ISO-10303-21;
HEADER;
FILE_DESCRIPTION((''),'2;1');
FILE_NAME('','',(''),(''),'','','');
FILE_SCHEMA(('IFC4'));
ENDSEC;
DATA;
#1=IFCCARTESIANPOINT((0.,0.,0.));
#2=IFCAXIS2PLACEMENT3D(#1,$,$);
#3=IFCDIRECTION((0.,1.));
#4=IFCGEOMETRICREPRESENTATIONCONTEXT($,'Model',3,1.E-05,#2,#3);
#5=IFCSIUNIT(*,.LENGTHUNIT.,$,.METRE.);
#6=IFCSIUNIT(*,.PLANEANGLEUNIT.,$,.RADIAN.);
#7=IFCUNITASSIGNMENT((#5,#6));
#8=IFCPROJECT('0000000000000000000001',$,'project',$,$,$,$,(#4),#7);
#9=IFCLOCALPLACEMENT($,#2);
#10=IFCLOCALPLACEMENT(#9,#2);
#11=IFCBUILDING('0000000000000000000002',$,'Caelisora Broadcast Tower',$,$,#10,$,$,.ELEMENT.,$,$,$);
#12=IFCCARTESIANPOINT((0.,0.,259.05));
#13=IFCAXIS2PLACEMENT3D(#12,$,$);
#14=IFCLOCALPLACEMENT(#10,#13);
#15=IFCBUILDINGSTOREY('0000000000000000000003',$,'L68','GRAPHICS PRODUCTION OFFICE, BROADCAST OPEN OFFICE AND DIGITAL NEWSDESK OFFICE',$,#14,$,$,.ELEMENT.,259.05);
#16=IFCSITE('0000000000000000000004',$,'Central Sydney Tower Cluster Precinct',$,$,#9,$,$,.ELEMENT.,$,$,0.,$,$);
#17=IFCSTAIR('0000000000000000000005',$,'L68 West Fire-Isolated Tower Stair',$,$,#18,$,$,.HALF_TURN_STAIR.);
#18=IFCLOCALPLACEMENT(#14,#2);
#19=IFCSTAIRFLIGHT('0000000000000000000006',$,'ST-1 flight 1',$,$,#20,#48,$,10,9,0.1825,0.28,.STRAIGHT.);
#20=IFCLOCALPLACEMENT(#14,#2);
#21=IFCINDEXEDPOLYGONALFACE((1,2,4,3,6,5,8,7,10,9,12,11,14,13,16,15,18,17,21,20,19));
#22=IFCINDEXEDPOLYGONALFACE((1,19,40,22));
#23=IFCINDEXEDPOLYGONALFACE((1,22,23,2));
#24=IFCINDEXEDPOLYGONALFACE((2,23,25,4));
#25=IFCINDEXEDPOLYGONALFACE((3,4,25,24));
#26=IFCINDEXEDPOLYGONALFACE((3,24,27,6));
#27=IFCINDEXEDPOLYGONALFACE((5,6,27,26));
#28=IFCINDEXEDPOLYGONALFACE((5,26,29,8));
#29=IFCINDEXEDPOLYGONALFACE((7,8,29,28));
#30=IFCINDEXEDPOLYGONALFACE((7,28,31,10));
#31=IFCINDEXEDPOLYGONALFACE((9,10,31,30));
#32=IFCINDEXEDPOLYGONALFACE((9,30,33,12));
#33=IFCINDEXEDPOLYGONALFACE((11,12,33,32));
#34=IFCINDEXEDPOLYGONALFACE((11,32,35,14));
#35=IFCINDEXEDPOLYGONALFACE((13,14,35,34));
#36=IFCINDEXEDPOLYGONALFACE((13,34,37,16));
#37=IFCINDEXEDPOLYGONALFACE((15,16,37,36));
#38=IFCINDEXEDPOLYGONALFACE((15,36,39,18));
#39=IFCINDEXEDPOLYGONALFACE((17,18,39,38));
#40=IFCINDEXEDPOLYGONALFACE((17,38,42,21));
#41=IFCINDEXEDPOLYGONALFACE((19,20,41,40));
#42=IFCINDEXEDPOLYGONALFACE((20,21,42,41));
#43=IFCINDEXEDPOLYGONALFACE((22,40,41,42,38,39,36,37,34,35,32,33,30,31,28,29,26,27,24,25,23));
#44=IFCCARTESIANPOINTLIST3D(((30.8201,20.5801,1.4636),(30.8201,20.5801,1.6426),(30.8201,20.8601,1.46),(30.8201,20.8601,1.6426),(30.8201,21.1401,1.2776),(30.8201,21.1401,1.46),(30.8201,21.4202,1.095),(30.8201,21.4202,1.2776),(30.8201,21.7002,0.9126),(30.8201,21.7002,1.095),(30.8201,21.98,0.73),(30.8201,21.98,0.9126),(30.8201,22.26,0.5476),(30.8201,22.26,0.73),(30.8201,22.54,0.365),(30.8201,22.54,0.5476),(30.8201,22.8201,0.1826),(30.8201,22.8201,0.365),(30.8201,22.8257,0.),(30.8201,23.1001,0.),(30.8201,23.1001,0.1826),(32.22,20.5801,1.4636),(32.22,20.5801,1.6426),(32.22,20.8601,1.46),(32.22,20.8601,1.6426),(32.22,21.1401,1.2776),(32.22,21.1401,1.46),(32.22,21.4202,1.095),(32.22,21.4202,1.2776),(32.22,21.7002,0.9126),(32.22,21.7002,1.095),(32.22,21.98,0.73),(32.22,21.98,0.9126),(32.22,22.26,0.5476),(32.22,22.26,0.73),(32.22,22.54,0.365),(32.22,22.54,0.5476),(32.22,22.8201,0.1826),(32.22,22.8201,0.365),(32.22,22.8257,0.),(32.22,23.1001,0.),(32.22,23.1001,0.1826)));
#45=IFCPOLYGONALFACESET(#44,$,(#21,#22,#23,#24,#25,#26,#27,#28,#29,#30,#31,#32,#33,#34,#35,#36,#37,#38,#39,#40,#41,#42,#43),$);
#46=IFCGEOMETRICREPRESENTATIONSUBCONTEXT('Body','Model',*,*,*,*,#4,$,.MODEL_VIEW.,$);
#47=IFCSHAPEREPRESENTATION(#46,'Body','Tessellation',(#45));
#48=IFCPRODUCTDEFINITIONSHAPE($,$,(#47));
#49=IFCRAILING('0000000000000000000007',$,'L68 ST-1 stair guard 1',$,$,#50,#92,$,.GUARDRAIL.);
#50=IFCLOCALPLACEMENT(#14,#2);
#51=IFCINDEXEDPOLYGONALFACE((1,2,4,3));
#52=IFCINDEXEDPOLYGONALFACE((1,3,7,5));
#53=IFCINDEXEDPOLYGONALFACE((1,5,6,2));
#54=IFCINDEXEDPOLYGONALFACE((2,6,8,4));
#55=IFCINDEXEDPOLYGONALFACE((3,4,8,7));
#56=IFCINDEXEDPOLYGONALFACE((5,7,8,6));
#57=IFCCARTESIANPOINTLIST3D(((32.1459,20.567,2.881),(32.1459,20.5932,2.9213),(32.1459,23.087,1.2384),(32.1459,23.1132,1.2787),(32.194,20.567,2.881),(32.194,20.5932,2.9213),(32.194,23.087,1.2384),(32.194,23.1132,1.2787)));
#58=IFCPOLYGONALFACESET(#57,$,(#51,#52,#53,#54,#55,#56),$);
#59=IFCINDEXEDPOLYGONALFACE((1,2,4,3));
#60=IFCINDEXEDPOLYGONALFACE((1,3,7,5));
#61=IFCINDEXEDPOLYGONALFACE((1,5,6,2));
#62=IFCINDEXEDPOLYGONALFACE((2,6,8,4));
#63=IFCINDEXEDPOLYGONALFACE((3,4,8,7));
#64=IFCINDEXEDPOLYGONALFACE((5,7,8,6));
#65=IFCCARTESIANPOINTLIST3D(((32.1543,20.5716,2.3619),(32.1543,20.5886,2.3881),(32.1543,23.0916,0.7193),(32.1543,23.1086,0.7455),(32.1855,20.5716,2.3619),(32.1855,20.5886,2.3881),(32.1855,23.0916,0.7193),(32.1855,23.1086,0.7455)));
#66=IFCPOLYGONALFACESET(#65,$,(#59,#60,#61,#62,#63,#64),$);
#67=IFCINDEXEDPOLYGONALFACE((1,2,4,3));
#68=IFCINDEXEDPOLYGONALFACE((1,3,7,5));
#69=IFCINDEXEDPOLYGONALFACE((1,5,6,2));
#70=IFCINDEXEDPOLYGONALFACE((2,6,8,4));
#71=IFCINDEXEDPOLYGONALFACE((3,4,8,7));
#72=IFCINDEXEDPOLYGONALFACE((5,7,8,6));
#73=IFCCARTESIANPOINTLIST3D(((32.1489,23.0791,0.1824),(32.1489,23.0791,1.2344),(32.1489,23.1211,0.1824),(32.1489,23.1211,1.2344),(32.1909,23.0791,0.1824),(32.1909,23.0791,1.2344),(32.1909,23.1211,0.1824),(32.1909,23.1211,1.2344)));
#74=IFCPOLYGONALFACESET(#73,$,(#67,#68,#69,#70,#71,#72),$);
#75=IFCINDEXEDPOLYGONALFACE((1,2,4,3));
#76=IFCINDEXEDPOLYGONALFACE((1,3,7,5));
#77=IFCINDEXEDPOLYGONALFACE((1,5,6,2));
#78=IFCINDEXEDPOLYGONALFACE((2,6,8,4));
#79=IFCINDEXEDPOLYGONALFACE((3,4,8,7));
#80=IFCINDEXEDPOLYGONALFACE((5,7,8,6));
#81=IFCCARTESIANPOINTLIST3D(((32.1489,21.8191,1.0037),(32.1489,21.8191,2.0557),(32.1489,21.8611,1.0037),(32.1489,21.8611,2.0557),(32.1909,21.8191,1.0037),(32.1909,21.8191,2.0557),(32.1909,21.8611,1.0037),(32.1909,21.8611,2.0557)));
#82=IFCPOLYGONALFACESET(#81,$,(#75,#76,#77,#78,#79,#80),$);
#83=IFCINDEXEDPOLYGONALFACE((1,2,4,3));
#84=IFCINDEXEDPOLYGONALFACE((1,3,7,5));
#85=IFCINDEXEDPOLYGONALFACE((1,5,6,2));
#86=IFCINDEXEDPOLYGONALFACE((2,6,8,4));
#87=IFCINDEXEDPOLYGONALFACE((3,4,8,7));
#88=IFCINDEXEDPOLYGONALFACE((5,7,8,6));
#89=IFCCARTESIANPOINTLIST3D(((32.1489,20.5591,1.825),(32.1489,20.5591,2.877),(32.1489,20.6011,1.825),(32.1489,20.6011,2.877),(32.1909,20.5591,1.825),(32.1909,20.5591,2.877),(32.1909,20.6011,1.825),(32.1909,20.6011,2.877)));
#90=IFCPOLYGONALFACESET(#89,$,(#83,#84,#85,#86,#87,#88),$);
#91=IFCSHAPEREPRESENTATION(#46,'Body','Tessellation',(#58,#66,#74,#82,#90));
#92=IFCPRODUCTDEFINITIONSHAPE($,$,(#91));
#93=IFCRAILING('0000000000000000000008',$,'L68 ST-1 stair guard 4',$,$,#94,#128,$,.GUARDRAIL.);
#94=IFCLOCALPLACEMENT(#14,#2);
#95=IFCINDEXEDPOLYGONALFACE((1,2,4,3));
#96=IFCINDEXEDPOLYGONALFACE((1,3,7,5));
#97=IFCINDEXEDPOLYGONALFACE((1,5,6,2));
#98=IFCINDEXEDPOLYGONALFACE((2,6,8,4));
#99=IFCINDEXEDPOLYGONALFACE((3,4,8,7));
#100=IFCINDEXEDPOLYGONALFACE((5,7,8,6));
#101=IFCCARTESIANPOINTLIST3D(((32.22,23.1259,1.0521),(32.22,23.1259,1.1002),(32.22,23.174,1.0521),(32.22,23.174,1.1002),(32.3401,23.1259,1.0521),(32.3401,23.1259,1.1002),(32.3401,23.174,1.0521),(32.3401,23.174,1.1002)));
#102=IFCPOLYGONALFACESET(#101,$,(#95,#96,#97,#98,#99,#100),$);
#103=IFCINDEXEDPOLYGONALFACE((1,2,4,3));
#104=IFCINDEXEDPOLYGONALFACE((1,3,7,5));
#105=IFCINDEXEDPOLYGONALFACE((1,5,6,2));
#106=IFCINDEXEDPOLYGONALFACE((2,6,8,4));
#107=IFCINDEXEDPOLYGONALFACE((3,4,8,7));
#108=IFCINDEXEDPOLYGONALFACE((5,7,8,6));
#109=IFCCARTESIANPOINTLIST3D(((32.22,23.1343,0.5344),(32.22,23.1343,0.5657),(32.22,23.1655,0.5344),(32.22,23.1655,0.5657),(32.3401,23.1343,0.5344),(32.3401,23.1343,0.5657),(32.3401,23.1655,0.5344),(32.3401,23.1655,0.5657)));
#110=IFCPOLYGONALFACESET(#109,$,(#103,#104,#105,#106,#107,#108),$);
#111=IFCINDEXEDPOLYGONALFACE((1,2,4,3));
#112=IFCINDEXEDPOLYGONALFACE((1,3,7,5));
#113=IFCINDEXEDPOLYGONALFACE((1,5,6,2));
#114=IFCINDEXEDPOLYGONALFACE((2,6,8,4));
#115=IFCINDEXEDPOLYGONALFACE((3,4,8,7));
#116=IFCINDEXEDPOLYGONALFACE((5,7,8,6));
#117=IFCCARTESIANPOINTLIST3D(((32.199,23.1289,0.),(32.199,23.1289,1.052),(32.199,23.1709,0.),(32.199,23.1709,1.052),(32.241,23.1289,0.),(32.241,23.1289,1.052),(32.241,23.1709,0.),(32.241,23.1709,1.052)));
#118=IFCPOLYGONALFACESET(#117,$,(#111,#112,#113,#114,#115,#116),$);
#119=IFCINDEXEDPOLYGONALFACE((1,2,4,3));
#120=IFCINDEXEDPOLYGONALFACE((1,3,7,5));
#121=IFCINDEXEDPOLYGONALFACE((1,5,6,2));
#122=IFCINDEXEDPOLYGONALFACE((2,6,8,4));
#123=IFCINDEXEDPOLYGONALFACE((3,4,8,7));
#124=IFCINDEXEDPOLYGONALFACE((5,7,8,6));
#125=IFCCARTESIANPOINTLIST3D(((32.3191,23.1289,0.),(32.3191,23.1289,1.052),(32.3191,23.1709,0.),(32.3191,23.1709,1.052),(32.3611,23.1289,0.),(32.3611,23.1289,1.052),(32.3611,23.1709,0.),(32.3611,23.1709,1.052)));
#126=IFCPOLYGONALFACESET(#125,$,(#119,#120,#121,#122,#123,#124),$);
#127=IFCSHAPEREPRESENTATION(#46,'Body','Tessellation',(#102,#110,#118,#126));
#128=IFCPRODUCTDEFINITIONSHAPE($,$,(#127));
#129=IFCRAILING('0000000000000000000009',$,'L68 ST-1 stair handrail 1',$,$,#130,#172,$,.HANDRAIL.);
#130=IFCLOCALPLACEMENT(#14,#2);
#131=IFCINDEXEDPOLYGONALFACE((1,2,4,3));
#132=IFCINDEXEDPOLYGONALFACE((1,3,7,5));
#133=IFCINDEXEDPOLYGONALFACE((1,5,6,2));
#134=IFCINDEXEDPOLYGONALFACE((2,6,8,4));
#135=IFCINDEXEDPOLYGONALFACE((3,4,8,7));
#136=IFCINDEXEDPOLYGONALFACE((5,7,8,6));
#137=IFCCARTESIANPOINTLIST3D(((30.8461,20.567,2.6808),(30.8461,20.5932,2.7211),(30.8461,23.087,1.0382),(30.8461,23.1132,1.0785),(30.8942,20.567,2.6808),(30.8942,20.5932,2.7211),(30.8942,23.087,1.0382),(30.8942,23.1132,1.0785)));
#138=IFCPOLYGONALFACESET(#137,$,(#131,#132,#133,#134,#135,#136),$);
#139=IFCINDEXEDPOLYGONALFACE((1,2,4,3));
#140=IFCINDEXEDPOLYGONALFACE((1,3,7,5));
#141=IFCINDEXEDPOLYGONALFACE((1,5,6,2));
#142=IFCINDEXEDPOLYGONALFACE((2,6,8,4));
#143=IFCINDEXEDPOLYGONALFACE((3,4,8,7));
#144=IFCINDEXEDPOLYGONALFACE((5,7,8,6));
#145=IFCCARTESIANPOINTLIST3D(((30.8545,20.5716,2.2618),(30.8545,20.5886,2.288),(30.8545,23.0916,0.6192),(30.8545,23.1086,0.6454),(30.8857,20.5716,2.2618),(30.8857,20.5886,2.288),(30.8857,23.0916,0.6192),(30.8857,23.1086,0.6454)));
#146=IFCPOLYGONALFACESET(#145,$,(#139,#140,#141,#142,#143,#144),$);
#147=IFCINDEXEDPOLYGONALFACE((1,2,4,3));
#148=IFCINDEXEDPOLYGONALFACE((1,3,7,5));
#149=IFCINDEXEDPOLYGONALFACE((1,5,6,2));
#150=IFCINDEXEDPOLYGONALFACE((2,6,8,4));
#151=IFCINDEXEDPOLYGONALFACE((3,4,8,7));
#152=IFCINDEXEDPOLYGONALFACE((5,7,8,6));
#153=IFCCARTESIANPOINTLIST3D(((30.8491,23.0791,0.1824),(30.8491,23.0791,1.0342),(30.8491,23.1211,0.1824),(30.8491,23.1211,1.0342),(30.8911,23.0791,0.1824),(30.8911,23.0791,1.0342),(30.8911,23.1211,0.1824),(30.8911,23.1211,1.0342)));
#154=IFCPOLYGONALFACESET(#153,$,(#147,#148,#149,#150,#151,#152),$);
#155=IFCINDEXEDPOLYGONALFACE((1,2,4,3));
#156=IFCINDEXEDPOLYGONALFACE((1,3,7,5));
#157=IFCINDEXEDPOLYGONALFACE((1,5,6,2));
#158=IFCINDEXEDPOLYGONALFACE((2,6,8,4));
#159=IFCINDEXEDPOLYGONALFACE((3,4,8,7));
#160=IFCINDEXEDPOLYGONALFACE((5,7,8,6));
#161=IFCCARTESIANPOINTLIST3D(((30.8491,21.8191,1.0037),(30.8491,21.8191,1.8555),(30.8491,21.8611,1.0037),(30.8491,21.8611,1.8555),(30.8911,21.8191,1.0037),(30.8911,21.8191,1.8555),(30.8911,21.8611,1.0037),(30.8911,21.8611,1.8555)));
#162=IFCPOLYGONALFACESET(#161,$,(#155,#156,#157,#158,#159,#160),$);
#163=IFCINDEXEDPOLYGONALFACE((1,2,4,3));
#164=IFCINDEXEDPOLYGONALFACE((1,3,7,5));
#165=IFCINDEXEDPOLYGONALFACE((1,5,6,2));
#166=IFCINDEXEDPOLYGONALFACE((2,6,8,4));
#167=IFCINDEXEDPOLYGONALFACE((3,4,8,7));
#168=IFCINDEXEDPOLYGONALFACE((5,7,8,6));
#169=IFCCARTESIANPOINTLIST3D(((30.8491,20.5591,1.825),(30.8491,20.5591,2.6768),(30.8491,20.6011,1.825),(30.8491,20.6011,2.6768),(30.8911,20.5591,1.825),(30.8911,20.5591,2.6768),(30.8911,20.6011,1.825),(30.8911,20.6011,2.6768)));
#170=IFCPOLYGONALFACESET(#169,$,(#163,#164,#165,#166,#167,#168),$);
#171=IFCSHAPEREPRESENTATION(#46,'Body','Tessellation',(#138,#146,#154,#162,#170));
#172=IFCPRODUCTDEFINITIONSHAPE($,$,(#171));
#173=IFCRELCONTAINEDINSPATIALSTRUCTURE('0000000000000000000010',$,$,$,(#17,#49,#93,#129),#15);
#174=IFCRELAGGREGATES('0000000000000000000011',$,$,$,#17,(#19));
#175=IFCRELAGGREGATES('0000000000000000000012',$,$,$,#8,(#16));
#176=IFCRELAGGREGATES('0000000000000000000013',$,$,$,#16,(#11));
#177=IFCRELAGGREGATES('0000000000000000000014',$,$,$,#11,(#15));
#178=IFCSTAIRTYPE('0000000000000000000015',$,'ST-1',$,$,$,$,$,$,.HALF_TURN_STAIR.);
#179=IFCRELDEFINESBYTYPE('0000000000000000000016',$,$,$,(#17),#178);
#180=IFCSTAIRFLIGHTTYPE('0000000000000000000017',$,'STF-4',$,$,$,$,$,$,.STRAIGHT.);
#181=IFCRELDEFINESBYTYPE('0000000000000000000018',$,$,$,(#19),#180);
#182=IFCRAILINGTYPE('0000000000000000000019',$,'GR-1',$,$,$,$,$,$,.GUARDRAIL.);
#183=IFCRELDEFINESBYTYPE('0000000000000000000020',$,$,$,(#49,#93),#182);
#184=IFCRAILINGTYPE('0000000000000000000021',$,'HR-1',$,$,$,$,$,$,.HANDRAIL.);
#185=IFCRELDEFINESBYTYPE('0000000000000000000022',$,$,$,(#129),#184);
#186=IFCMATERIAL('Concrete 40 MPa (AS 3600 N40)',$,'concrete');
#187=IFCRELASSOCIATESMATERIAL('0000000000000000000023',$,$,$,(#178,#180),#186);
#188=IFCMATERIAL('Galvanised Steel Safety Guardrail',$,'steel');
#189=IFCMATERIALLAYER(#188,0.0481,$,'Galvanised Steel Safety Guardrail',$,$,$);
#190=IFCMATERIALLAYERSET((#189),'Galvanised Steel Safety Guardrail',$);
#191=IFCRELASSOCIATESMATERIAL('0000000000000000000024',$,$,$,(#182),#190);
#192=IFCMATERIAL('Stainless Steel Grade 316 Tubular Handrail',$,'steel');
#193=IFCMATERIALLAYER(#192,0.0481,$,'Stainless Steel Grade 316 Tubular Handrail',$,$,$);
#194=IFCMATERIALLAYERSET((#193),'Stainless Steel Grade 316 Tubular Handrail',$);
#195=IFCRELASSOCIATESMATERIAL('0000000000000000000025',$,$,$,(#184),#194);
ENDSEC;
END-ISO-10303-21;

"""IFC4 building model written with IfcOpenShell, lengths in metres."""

from ifc_helpers import new_model, si_unit, direction, frame, origin, origin_2d, place, context, subcontext, project, spatial, polyline, rectangle, outline, extrude, material, layer, layer_set, type_object, element, aggregate, save


model = new_model("IFC4")

# Units and contexts
model_context = context("Model", 3, precision=1e-05, world=origin(), true_north=direction((0.0, 1.0)))
body_context = subcontext(model_context, "Body", "Model", "MODEL_VIEW")
ifc_project = project(units=[si_unit("LENGTHUNIT", "METRE"), si_unit("PLANEANGLEUNIT", "RADIAN")], contexts=[model_context])

# Site, building, storey
site_placement = place(None, origin())
site = spatial("IfcSite", under=ifc_project, at=site_placement, Name="Central Sydney Tower Cluster Precinct", CompositionType="ELEMENT", RefElevation=0.0)
building_placement = place(site_placement, origin())
building = spatial("IfcBuilding", under=site, at=building_placement, Name="Caelisora Broadcast Tower", CompositionType="ELEMENT")
storey_placement = place(building_placement, frame((0.0, 0.0, 259.05)))
storey = spatial("IfcBuildingStorey", under=building, at=storey_placement, Name="L68", Description="GRAPHICS PRODUCTION OFFICE, BROADCAST OPEN OFFICE AND DIGITAL NEWSDESK OFFICE", CompositionType="ELEMENT", Elevation=259.05)

# Shared definitions
ifc_material_1 = material(Name="Concrete 40 MPa (AS 3600 N40)", Category="concrete")

# Stair, stair flight
stair_type = type_object("IfcStairType", Name="ST-1", PredefinedType="HALF_TURN_STAIR", material=ifc_material_1)
stair_placement = place(storey_placement, origin())
stair = element("IfcStair", 1, at=stair_placement, inside=storey, type_object=stair_type, Name="L68 West Fire-Isolated Tower Stair", PredefinedType="HALF_TURN_STAIR")
stair_flight_type = type_object("IfcStairFlightType", Name="STF-4", PredefinedType="STRAIGHT", material=ifc_material_1)
stair_flight_placement = place(storey_placement, frame((31.52, 23.1001, 0.0), z_axis=(0.0, 0.0, 1.0), x_axis=(0.0, -1.0, 0.0)))
stair_flight = element("IfcStairFlight", 2, at=stair_flight_placement, type_object=stair_flight_type, Name="ST-1 flight 1", NumberOfRisers=10, NumberOfTreads=9, PredefinedType="STRAIGHT", RiserHeight=0.1825, TreadLength=0.28, context=body_context, shape_type="SweptSolid", body=[
    extrude(outline(polyline([(0.0, 0.0), (0.0, 0.1826), (0.28, 0.1826), (0.28, 0.365), (0.5601, 0.365), (0.5601, 0.5476), (0.8401, 0.5476), (0.8401, 0.73), (1.1201, 0.73), (1.1201, 0.9126), (1.3999, 0.9126), (1.3999, 1.095), (1.6799, 1.095), (1.6799, 1.2776), (1.96, 1.2776), (1.96, 1.46), (2.24, 1.46), (2.24, 1.6426), (2.52, 1.6426), (2.52, 1.825), (2.52, 1.4636), (0.2744, 0.0), (0.0, 0.0)])), frame((0.0, 0.7, 0.0), z_axis=(0.0, -1.0, 0.0), x_axis=(1.0, 0.0, 0.0)), (0.0, 0.0, 1.0), 1.3999),
])
aggregate(stair, [stair_flight])

# Railings
ifc_material_2 = material(Name="Galvanised Steel Safety Guardrail", Category="steel")
ifc_layer_1 = layer(ifc_material_2, 0.0481, Name="Galvanised Steel Safety Guardrail")
ifc_layer_set_1 = layer_set([ifc_layer_1], Name="Galvanised Steel Safety Guardrail")
railing_type_1 = type_object("IfcRailingType", Name="GR-1", PredefinedType="GUARDRAIL", material=ifc_layer_set_1)
railing_1_placement = place(storey_placement, frame((32.1699, 23.1001, 0.1824)))
element("IfcRailing", 3, at=railing_1_placement, inside=storey, type_object=railing_type_1, Name="L68 ST-1 stair guard 1", PredefinedType="GUARDRAIL", context=body_context, shape_type="SweptSolid", body=[
    extrude(rectangle(XDim=0.0481, YDim=0.0481, at=origin_2d()), frame((0.0, 0.0, 1.0762), z_axis=(0.0, -0.837749, 0.546055), x_axis=(1.0, 0.0, 0.0)), (0.0, 0.0, 1.0), 3.0081),
    extrude(rectangle(XDim=0.0312, YDim=0.0312, at=origin_2d()), frame((0.0, 0.0, 0.55), z_axis=(0.0, -0.837749, 0.546055), x_axis=(1.0, 0.0, 0.0)), (0.0, 0.0, 1.0), 3.0081),
    extrude(rectangle(XDim=0.042, YDim=0.042, at=origin_2d()), origin(), (0.0, 0.0, 1.0), 1.052),
    extrude(rectangle(XDim=0.042, YDim=0.042, at=origin_2d()), frame((0.0, -1.26, 0.8213)), (0.0, 0.0, 1.0), 1.052),
    extrude(rectangle(XDim=0.042, YDim=0.042, at=origin_2d()), frame((0.0, -2.52, 1.6426)), (0.0, 0.0, 1.0), 1.052),
])
railing_2_placement = place(storey_placement, frame((32.22, 23.1499, 0.0)))
element("IfcRailing", 4, at=railing_2_placement, inside=storey, type_object=railing_type_1, Name="L68 ST-1 stair guard 4", PredefinedType="GUARDRAIL", context=body_context, shape_type="SweptSolid", body=[
    extrude(rectangle(XDim=0.0481, YDim=0.0481, at=origin_2d()), frame((0.0, 0.0, 1.0762), z_axis=(1.0, 0.0, 0.0), x_axis=(0.0, 1.0, 0.0)), (0.0, 0.0, 1.0), 0.1201),
    extrude(rectangle(XDim=0.0312, YDim=0.0312, at=origin_2d()), frame((0.0, 0.0, 0.55), z_axis=(1.0, 0.0, 0.0), x_axis=(0.0, 1.0, 0.0)), (0.0, 0.0, 1.0), 0.1201),
    extrude(rectangle(XDim=0.042, YDim=0.042, at=origin_2d()), origin(), (0.0, 0.0, 1.0), 1.052),
    extrude(rectangle(XDim=0.042, YDim=0.042, at=origin_2d()), frame((0.1201, 0.0, 0.0)), (0.0, 0.0, 1.0), 1.052),
])
ifc_material_3 = material(Name="Stainless Steel Grade 316 Tubular Handrail", Category="steel")
ifc_layer_2 = layer(ifc_material_3, 0.0481, Name="Stainless Steel Grade 316 Tubular Handrail")
ifc_layer_set_2 = layer_set([ifc_layer_2], Name="Stainless Steel Grade 316 Tubular Handrail")
railing_type_2 = type_object("IfcRailingType", Name="HR-1", PredefinedType="HANDRAIL", material=ifc_layer_set_2)
railing_3_placement = place(storey_placement, frame((30.8701, 23.1001, 0.1824)))
element("IfcRailing", 5, at=railing_3_placement, inside=storey, type_object=railing_type_2, Name="L68 ST-1 stair handrail 1", PredefinedType="HANDRAIL", context=body_context, shape_type="SweptSolid", body=[
    extrude(rectangle(XDim=0.0481, YDim=0.0481, at=origin_2d()), frame((0.0, 0.0, 0.876), z_axis=(0.0, -0.837749, 0.546055), x_axis=(1.0, 0.0, 0.0)), (0.0, 0.0, 1.0), 3.0081),
    extrude(rectangle(XDim=0.0312, YDim=0.0312, at=origin_2d()), frame((0.0, 0.0, 0.45), z_axis=(0.0, -0.837749, 0.546055), x_axis=(1.0, 0.0, 0.0)), (0.0, 0.0, 1.0), 3.0081),
    extrude(rectangle(XDim=0.042, YDim=0.042, at=origin_2d()), origin(), (0.0, 0.0, 1.0), 0.8518),
    extrude(rectangle(XDim=0.042, YDim=0.042, at=origin_2d()), frame((0.0, -1.26, 0.8213)), (0.0, 0.0, 1.0), 0.8518),
    extrude(rectangle(XDim=0.042, YDim=0.042, at=origin_2d()), frame((0.0, -2.52, 1.6426)), (0.0, 0.0, 1.0), 0.8518),
])

save(model, "model.ifc")
